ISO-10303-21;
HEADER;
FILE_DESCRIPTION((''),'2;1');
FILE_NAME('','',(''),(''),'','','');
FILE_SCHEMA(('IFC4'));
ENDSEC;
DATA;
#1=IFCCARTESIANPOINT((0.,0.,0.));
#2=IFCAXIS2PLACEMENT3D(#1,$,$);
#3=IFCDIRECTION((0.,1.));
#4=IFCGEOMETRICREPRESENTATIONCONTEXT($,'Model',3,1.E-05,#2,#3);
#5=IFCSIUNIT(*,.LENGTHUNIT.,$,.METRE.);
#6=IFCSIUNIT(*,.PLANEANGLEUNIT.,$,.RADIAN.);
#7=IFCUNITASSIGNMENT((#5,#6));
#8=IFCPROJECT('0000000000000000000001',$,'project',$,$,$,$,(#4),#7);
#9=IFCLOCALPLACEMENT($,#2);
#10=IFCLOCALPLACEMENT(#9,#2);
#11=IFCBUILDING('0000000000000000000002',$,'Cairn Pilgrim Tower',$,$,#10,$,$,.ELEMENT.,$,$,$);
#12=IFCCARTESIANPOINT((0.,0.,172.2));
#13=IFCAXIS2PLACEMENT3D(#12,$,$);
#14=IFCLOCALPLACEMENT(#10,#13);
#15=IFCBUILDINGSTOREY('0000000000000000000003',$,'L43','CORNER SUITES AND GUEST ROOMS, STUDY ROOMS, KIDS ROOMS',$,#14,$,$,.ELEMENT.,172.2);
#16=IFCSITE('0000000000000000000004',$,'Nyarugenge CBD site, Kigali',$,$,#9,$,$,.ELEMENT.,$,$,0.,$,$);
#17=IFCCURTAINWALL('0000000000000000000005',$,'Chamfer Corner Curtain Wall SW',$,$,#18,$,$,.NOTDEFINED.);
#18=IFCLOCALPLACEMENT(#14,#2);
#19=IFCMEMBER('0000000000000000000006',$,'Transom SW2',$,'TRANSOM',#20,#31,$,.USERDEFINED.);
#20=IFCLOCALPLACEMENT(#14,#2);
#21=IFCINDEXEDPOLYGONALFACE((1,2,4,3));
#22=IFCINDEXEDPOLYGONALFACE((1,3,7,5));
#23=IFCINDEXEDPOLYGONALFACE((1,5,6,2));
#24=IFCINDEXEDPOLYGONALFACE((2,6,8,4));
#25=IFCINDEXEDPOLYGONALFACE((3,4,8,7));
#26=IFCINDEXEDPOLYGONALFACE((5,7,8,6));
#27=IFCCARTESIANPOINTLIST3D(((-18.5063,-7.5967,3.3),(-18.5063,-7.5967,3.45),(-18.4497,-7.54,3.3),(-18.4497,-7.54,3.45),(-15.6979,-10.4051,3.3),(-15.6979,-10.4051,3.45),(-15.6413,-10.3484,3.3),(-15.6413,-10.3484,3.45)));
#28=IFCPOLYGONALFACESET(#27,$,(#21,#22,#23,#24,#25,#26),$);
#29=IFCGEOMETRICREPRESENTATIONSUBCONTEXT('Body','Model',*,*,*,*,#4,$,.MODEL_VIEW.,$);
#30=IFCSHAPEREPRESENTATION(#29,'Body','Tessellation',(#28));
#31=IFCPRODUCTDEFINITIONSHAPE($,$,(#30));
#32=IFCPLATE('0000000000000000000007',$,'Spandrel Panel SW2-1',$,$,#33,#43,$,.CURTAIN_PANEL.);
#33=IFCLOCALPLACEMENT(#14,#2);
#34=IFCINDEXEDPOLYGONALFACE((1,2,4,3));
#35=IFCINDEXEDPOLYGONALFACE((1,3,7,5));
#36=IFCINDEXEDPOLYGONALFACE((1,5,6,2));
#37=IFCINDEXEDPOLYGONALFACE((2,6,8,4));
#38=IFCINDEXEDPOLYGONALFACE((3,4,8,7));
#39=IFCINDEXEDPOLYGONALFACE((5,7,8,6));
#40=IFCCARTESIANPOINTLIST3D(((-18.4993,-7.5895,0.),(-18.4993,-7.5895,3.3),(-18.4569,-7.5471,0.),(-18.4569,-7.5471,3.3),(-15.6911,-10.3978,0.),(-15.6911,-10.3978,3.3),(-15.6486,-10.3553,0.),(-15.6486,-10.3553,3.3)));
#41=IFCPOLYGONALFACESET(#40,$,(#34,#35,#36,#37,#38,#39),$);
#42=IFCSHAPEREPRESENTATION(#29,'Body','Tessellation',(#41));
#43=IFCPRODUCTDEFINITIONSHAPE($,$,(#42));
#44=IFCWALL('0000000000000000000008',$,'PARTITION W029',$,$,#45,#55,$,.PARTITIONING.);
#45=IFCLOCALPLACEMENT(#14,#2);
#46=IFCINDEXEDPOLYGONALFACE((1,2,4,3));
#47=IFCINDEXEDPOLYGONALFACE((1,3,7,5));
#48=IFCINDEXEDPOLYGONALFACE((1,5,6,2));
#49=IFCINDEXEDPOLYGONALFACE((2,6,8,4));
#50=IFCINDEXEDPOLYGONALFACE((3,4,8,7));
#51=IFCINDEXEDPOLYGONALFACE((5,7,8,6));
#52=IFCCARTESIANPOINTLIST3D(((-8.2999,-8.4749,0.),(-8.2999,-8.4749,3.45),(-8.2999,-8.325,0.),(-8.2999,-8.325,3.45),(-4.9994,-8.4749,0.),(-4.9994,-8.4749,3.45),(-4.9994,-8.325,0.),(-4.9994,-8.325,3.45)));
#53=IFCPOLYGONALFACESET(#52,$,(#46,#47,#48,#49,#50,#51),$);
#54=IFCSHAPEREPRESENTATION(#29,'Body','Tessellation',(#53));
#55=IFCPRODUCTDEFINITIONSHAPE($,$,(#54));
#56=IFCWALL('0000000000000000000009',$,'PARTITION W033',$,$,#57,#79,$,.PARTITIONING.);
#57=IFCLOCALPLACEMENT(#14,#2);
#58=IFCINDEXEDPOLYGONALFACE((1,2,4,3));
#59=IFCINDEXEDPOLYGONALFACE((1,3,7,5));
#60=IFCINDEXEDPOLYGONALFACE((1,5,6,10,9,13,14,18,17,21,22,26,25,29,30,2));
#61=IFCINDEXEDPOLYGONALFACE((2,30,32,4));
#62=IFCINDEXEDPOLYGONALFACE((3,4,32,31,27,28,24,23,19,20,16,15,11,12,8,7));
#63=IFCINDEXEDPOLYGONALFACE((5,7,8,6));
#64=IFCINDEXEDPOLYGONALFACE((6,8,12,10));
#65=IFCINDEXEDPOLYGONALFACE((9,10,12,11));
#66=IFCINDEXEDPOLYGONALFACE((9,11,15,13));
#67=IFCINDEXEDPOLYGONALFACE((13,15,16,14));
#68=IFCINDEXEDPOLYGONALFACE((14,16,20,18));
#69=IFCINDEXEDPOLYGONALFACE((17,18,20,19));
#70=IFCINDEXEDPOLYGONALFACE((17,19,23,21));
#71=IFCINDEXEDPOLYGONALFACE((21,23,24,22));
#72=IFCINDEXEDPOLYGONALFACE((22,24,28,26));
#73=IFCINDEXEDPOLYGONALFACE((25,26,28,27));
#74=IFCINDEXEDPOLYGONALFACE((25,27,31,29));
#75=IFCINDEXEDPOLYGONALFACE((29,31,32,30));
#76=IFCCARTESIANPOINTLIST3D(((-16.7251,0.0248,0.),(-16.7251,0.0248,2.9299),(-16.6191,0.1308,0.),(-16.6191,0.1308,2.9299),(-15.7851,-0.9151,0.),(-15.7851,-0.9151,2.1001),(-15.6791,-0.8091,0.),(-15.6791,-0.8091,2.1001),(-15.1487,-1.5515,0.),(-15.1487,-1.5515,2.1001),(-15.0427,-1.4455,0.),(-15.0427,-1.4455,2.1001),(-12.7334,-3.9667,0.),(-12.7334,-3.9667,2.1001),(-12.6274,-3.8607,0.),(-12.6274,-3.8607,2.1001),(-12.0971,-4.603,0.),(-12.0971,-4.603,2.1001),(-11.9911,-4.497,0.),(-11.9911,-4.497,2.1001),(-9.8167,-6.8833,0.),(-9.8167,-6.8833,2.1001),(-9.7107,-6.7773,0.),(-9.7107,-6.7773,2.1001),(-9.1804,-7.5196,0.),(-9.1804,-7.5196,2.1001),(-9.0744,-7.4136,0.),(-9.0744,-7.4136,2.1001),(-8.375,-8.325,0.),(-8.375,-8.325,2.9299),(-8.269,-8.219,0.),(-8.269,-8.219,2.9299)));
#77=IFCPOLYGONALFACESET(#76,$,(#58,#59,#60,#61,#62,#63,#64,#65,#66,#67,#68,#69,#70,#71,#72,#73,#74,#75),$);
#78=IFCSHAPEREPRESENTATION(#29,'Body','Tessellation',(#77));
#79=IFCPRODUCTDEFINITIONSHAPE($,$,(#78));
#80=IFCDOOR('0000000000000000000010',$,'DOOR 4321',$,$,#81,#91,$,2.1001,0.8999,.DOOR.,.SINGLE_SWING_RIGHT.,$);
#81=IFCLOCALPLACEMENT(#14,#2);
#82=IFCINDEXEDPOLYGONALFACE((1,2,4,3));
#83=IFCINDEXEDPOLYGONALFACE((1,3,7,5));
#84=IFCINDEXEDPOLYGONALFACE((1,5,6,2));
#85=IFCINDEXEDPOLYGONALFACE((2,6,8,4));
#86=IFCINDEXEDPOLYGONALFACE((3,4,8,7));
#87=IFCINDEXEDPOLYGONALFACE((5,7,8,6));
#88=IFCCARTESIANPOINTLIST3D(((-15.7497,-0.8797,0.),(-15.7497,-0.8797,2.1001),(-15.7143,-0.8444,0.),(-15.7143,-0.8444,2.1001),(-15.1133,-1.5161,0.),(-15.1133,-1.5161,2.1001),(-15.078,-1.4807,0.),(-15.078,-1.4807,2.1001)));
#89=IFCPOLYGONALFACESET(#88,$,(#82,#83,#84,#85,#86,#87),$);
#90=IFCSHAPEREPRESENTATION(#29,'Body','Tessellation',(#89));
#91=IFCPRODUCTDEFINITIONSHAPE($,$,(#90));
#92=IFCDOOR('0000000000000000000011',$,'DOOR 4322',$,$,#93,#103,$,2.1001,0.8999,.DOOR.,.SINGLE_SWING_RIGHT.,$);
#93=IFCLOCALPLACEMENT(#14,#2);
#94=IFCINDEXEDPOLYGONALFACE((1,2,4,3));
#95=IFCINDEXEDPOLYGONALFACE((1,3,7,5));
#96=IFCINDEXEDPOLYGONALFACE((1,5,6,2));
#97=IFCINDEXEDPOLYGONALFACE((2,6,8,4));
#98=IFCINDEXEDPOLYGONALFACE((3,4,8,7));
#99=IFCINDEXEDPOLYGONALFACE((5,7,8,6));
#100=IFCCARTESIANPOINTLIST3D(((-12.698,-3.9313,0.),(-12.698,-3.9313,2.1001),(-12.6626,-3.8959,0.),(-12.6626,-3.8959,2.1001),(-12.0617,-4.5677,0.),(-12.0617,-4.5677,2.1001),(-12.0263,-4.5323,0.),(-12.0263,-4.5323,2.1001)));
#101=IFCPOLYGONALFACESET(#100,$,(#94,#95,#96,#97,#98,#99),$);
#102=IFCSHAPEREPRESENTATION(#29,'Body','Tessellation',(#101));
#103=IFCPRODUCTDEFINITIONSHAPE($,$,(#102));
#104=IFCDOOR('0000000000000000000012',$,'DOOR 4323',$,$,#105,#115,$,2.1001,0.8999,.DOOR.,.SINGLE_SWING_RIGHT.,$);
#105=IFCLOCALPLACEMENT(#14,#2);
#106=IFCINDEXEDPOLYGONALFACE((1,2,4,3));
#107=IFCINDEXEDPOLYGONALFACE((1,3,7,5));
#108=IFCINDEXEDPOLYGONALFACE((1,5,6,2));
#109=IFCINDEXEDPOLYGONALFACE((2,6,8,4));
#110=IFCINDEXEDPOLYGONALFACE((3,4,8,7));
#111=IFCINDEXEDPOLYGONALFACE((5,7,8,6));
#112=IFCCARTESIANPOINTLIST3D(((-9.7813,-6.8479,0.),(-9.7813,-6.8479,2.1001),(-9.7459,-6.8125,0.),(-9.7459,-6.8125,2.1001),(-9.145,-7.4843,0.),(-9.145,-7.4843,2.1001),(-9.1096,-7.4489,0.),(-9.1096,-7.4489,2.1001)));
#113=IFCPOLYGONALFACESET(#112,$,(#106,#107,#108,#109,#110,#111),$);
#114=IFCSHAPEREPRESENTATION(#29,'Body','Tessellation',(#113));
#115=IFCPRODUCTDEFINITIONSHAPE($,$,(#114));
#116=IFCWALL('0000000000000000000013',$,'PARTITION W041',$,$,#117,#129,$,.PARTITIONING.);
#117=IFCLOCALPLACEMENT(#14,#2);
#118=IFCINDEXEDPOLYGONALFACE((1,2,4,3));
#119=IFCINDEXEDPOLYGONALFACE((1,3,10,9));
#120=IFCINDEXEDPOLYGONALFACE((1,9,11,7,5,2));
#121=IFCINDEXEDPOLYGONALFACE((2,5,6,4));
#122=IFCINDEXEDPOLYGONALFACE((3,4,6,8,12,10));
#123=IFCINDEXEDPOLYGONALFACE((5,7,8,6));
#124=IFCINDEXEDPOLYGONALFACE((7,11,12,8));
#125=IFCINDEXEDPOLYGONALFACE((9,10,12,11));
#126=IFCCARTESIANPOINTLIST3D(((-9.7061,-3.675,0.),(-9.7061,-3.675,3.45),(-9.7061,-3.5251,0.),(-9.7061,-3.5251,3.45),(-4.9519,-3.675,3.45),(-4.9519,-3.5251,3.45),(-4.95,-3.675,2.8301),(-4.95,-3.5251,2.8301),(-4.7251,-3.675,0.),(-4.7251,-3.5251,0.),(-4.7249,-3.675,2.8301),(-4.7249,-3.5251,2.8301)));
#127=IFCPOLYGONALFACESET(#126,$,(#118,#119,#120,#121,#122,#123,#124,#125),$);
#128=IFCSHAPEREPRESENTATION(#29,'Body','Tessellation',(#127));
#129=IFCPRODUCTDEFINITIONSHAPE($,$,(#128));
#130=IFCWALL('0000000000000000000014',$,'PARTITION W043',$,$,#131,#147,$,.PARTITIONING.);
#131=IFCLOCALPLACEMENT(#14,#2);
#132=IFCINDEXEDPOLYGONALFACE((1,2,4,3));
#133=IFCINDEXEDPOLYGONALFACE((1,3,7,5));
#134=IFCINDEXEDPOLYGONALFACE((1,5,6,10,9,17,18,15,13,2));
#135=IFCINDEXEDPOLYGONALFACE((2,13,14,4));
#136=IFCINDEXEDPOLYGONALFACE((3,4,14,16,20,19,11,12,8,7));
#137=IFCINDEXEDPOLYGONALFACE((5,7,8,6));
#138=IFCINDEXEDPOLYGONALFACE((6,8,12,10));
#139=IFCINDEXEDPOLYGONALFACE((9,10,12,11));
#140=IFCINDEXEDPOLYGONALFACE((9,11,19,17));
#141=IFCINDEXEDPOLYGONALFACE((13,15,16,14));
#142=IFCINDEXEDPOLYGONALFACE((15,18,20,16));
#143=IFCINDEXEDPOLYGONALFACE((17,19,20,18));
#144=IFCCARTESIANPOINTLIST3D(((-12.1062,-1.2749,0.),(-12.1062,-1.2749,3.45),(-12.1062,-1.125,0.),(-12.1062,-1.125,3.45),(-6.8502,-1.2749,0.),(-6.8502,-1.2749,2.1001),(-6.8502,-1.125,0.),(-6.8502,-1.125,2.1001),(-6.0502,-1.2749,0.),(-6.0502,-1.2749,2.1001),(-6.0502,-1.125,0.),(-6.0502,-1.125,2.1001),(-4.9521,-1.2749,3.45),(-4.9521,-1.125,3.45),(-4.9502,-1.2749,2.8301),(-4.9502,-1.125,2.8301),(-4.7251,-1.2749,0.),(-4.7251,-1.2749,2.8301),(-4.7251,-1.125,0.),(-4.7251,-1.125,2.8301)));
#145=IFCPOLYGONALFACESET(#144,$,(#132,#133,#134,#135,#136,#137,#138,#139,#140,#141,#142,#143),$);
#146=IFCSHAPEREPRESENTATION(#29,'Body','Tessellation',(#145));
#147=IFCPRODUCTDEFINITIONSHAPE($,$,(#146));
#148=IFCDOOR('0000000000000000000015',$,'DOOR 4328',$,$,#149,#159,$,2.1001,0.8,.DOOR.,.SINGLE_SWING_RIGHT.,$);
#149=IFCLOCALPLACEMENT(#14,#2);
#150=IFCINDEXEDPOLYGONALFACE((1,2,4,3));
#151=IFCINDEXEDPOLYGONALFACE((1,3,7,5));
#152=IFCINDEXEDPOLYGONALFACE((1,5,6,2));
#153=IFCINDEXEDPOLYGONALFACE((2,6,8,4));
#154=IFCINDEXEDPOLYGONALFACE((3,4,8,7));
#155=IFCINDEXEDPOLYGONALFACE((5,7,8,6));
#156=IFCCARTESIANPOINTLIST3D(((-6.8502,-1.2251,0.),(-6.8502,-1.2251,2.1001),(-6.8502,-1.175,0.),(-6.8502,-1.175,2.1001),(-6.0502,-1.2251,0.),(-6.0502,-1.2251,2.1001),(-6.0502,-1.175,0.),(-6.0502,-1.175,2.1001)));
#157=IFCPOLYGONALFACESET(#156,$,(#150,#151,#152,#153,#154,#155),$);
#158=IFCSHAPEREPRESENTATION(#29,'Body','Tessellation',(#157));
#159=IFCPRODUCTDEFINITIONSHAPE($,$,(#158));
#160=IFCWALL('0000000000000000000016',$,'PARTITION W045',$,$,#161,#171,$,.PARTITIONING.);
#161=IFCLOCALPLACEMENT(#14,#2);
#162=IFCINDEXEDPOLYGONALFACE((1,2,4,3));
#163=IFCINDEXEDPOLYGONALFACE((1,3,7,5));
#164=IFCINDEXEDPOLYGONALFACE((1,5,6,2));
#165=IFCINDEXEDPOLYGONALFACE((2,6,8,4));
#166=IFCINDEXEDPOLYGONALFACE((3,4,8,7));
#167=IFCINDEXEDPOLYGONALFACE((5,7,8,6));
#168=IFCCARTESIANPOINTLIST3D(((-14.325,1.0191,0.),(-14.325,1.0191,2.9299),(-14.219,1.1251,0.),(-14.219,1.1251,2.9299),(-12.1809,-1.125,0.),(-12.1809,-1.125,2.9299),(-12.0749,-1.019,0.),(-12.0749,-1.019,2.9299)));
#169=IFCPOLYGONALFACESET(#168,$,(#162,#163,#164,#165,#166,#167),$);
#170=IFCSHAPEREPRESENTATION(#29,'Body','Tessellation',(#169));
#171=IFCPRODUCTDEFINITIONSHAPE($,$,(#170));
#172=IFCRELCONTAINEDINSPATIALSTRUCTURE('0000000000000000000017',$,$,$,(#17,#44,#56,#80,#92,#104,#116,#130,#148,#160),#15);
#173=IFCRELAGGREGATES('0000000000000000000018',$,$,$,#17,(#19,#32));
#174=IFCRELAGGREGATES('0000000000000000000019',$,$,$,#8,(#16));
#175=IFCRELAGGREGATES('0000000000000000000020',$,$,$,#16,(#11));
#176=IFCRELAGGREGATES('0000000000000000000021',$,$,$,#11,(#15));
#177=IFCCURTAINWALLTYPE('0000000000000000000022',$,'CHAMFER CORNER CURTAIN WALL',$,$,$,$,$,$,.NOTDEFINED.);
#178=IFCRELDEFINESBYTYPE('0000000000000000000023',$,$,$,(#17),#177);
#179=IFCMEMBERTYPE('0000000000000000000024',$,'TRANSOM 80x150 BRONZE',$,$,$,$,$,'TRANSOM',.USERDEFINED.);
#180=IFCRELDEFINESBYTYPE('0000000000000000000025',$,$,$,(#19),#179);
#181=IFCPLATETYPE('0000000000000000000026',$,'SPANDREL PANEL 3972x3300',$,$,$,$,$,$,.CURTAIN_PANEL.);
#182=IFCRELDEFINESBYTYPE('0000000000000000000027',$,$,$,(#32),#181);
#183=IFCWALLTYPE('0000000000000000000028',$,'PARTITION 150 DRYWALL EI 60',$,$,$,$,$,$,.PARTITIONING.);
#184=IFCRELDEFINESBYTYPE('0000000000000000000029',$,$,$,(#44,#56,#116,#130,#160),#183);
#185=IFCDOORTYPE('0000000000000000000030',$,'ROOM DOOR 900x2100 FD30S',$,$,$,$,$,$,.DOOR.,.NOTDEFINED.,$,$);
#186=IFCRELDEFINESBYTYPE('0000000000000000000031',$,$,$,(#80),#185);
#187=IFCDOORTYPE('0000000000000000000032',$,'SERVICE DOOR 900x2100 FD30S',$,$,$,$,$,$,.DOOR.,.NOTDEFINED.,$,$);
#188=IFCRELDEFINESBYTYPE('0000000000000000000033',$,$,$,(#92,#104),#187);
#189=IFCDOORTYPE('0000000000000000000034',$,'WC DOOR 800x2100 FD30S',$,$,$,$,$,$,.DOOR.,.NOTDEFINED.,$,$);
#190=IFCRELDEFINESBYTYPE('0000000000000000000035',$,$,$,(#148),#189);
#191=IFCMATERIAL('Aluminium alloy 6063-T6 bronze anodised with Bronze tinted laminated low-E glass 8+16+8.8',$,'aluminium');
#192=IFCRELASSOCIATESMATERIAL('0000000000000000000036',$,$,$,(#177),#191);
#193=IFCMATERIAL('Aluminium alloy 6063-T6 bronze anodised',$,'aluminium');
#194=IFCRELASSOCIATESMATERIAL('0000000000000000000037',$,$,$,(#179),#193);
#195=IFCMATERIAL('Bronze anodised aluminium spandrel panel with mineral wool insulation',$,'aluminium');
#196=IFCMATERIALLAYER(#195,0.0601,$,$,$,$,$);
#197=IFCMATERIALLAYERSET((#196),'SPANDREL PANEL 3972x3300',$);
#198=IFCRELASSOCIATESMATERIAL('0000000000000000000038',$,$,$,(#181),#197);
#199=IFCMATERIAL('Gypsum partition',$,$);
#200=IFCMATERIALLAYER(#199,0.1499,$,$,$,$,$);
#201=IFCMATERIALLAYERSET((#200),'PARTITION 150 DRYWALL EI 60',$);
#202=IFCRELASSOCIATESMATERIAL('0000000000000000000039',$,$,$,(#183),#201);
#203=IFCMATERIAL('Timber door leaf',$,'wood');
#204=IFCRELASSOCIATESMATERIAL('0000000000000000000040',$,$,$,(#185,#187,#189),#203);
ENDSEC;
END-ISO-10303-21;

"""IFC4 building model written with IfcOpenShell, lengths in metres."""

from ifc_helpers import new_model, si_unit, direction, frame, frame_2d, origin, origin_2d, place, context, subcontext, project, spatial, polyline, rectangle, outline, extrude, material, layer, layer_set, material_profile, profile_set, type_object, element, fill, aggregate, save


model = new_model("IFC4")

# Units and contexts
model_context = context("Model", 3, precision=1e-05, world=origin(), true_north=direction((0.0, 1.0)))
body_context = subcontext(model_context, "Body", "Model", "MODEL_VIEW")
ifc_project = project(units=[si_unit("LENGTHUNIT", "METRE"), si_unit("PLANEANGLEUNIT", "RADIAN")], contexts=[model_context])

# Site, building, storey
site_placement = place(None, origin())
site = spatial("IfcSite", under=ifc_project, at=site_placement, Name="Nyarugenge CBD site, Kigali", CompositionType="ELEMENT", RefElevation=0.0)
building_placement = place(site_placement, origin())
building = spatial("IfcBuilding", under=site, at=building_placement, Name="Cairn Pilgrim Tower", CompositionType="ELEMENT")
storey_placement = place(building_placement, frame((0.0, 0.0, 172.2)))
storey = spatial("IfcBuildingStorey", under=building, at=storey_placement, Name="L43", Description="CORNER SUITES AND GUEST ROOMS, STUDY ROOMS, KIDS ROOMS", CompositionType="ELEMENT", Elevation=172.2)

# Curtain wall, member, plate
ifc_material_1 = material(Name="Aluminium alloy 6063-T6 bronze anodised with Bronze tinted laminated low-E glass 8+16+8.8", Category="aluminium")
curtain_wall_type = type_object("IfcCurtainWallType", Name="CHAMFER CORNER CURTAIN WALL", PredefinedType="NOTDEFINED", material=ifc_material_1)
curtain_wall_placement = place(storey_placement, origin())
curtain_wall = element("IfcCurtainWall", 1, at=curtain_wall_placement, inside=storey, type_object=curtain_wall_type, Name="Chamfer Corner Curtain Wall SW", PredefinedType="NOTDEFINED")
ifc_material_2 = material(Name="Aluminium alloy 6063-T6 bronze anodised", Category="aluminium")
ifc_material_profile_1 = material_profile(ifc_material_2, rectangle(XDim=0.0801, YDim=0.1499, at=origin_2d()), Name="TRANSOM 80x150 BRONZE")
ifc_profile_set_1 = profile_set([ifc_material_profile_1], Name="Aluminium alloy 6063-T6 bronze anodised")
member_type = type_object("IfcMemberType", Name="TRANSOM 80x150 BRONZE", ElementType="TRANSOM", PredefinedType="USERDEFINED", material=ifc_profile_set_1)
member_placement = place(storey_placement, frame((-18.478, -7.5684, 3.375), z_axis=(0.707107, -0.707107, 0.0), x_axis=(0.707107, 0.707107, 0.0)))
member = element("IfcMember", 2, at=member_placement, type_object=member_type, Name="Transom SW2", ObjectType="TRANSOM", PredefinedType="USERDEFINED", context=body_context, shape_type="SweptSolid", body=[
    extrude(rectangle(XDim=0.0801, YDim=0.1499, at=origin_2d()), origin(), (0.0, 0.0, 1.0), 3.9717),
])
ifc_material_3 = material(Name="Bronze anodised aluminium spandrel panel with mineral wool insulation", Category="aluminium")
ifc_layer_1 = layer(ifc_material_3, 0.0601)
ifc_layer_set_1 = layer_set([ifc_layer_1], Name="SPANDREL PANEL 3972x3300")
plate_type = type_object("IfcPlateType", Name="SPANDREL PANEL 3972x3300", PredefinedType="CURTAIN_PANEL", material=ifc_layer_set_1)
plate_placement = place(storey_placement, frame((-17.074, -8.9724, 0.0), z_axis=(0.0, 0.0, 1.0), x_axis=(0.707107, -0.707107, 0.0)))
plate = element("IfcPlate", 3, at=plate_placement, type_object=plate_type, Name="Spandrel Panel SW2-1", PredefinedType="CURTAIN_PANEL", context=body_context, shape_type="SweptSolid", body=[
    extrude(rectangle(XDim=3.9714, YDim=0.0601, at=origin_2d()), origin(), (0.0, 0.0, 1.0), 3.3),
])
aggregate(curtain_wall, [member, plate])

# Wall
ifc_material_4 = material(Name="Gypsum partition")
ifc_layer_2 = layer(ifc_material_4, 0.1499)
ifc_layer_set_2 = layer_set([ifc_layer_2], Name="PARTITION 150 DRYWALL EI 60")
wall_type_1 = type_object("IfcWallType", Name="PARTITION 150 DRYWALL EI 60", PredefinedType="PARTITIONING", material=ifc_layer_set_2)
wall_1_placement = place(storey_placement, frame((-8.3, -8.3999, 0.0), z_axis=(0.0, 0.0, 1.0), x_axis=(1.0, 0.0, 0.0)))
element("IfcWall", 4, at=wall_1_placement, inside=storey, type_object=wall_type_1, Name="PARTITION W029", PredefinedType="PARTITIONING", context=body_context, shape_type="SweptSolid", body=[
    extrude(rectangle(XDim=3.3005, YDim=0.1499, at=frame_2d((1.6504, 0.0))), origin(), (0.0, 0.0, 1.0), 3.45),
])

# Wall, openings, doors
wall_2_placement = place(storey_placement, frame((-8.322, -8.272, 0.0), z_axis=(0.0, 0.0, 1.0), x_axis=(-0.707117, 0.707096, 0.0)))
wall_2 = element("IfcWall", 5, at=wall_2_placement, inside=storey, type_object=wall_type_1, Name="PARTITION W033", PredefinedType="PARTITIONING", context=body_context, shape_type="SweptSolid", body=[
    extrude(rectangle(XDim=11.8086, YDim=0.1499, at=frame_2d((5.9043, 0.0))), origin(), (0.0, 0.0, 1.0), 2.9299),
])
opening_1_placement = place(wall_2_placement, frame((9.5793, 0.0, 0.0)))
opening_1 = element("IfcOpeningElement", 6, at=opening_1_placement, cuts=wall_2, PredefinedType="OPENING", context=body_context, shape_type="SweptSolid", body=[
    extrude(rectangle(XDim=0.8999, YDim=2.1001, at=frame_2d((0.45, 1.05))), frame((0.0, 0.085, 0.0), z_axis=(0.0, -1.0, 0.0), x_axis=(1.0, 0.0, 0.0)), (0.0, 0.0, 1.0), 0.1699),
])
opening_2_placement = place(wall_2_placement, frame((5.2637, 0.0, 0.0)))
opening_2 = element("IfcOpeningElement", 7, at=opening_2_placement, cuts=wall_2, PredefinedType="OPENING", context=body_context, shape_type="SweptSolid", body=[
    extrude(rectangle(XDim=0.8999, YDim=2.1001, at=frame_2d((0.45, 1.05))), frame((0.0, 0.085, 0.0), z_axis=(0.0, -1.0, 0.0), x_axis=(1.0, 0.0, 0.0)), (0.0, 0.0, 1.0), 0.1699),
])
opening_3_placement = place(wall_2_placement, frame((1.1389, 0.0, 0.0)))
opening_3 = element("IfcOpeningElement", 8, at=opening_3_placement, cuts=wall_2, PredefinedType="OPENING", context=body_context, shape_type="SweptSolid", body=[
    extrude(rectangle(XDim=0.8999, YDim=2.1001, at=frame_2d((0.45, 1.05))), frame((0.0, 0.085, 0.0), z_axis=(0.0, -1.0, 0.0), x_axis=(1.0, 0.0, 0.0)), (0.0, 0.0, 1.0), 0.1699),
])
ifc_material_5 = material(Name="Timber door leaf", Category="wood")
door_type_1 = type_object("IfcDoorType", Name="ROOM DOOR 900x2100 FD30S", OperationType="NOTDEFINED", PredefinedType="DOOR", material=ifc_material_5)
door_1_placement = place(opening_1_placement, origin())
door_1 = element("IfcDoor", 9, at=door_1_placement, inside=storey, type_object=door_type_1, Name="DOOR 4321", OperationType="SINGLE_SWING_RIGHT", OverallHeight=2.1001, OverallWidth=0.8999, PredefinedType="DOOR", context=body_context, shape_type="SweptSolid", body=[
    extrude(rectangle(XDim=0.8999, YDim=2.1001, at=frame_2d((0.45, 1.05))), frame((0.0, 0.0249, 0.0), z_axis=(0.0, -1.0, 0.0), x_axis=(1.0, 0.0, 0.0)), (0.0, 0.0, 1.0), 0.05),
])
fill(opening_1, door_1)
door_type_2 = type_object("IfcDoorType", Name="SERVICE DOOR 900x2100 FD30S", OperationType="NOTDEFINED", PredefinedType="DOOR", material=ifc_material_5)
door_2_placement = place(opening_2_placement, origin())
door_2 = element("IfcDoor", 10, at=door_2_placement, inside=storey, type_object=door_type_2, Name="DOOR 4322", OperationType="SINGLE_SWING_RIGHT", OverallHeight=2.1001, OverallWidth=0.8999, PredefinedType="DOOR", context=body_context, shape_type="SweptSolid", body=[
    extrude(rectangle(XDim=0.8999, YDim=2.1001, at=frame_2d((0.45, 1.05))), frame((0.0, 0.0249, 0.0), z_axis=(0.0, -1.0, 0.0), x_axis=(1.0, 0.0, 0.0)), (0.0, 0.0, 1.0), 0.05),
])
fill(opening_2, door_2)
door_3_placement = place(opening_3_placement, origin())
door_3 = element("IfcDoor", 11, at=door_3_placement, inside=storey, type_object=door_type_2, Name="DOOR 4323", OperationType="SINGLE_SWING_RIGHT", OverallHeight=2.1001, OverallWidth=0.8999, PredefinedType="DOOR", context=body_context, shape_type="SweptSolid", body=[
    extrude(rectangle(XDim=0.8999, YDim=2.1001, at=frame_2d((0.45, 1.05))), frame((0.0, 0.0249, 0.0), z_axis=(0.0, -1.0, 0.0), x_axis=(1.0, 0.0, 0.0)), (0.0, 0.0, 1.0), 0.05),
])
fill(opening_3, door_3)

# Wall
wall_3_placement = place(storey_placement, frame((-9.7061, -3.6001, 0.0), z_axis=(0.0, 0.0, 1.0), x_axis=(1.0, 0.0, 0.0)))
element("IfcWall", 12, at=wall_3_placement, inside=storey, type_object=wall_type_1, Name="PARTITION W041", PredefinedType="PARTITIONING", context=body_context, shape_type="SweptSolid", body=[
    extrude(outline(polyline([(0.0, 0.0), (4.981, 0.0), (4.9812, 2.8301), (4.7561, 2.8301), (4.7542, 3.45), (0.0, 3.45), (0.0, 0.0)])), frame((0.0, 0.075, 0.0), z_axis=(0.0, -1.0, 0.0), x_axis=(1.0, 0.0, 0.0)), (0.0, 0.0, 1.0), 0.1499),
])

# Wall, opening, door
wall_4_placement = place(storey_placement, frame((-12.1062, -1.2, 0.0), z_axis=(0.0, 0.0, 1.0), x_axis=(1.0, 0.0, 0.0)))
wall_4 = element("IfcWall", 13, at=wall_4_placement, inside=storey, type_object=wall_type_1, Name="PARTITION W043", PredefinedType="PARTITIONING", context=body_context, shape_type="SweptSolid", body=[
    extrude(outline(polyline([(0.0, 0.0), (7.3811, 0.0), (7.3811, 2.8301), (7.156, 2.8301), (7.1541, 3.45), (0.0, 3.45), (0.0, 0.0)])), frame((0.0, 0.075, 0.0), z_axis=(0.0, -1.0, 0.0), x_axis=(1.0, 0.0, 0.0)), (0.0, 0.0, 1.0), 0.1499),
])
opening_4_placement = place(wall_4_placement, frame((5.2561, 0.0, 0.0)))
opening_4 = element("IfcOpeningElement", 14, at=opening_4_placement, cuts=wall_4, PredefinedType="OPENING", context=body_context, shape_type="SweptSolid", body=[
    extrude(rectangle(XDim=0.8, YDim=2.1001, at=frame_2d((0.3999, 1.05))), frame((0.0, 0.085, 0.0), z_axis=(0.0, -1.0, 0.0), x_axis=(1.0, 0.0, 0.0)), (0.0, 0.0, 1.0), 0.1699),
])
door_type_3 = type_object("IfcDoorType", Name="WC DOOR 800x2100 FD30S", OperationType="NOTDEFINED", PredefinedType="DOOR", material=ifc_material_5)
door_4_placement = place(opening_4_placement, origin())
door_4 = element("IfcDoor", 15, at=door_4_placement, inside=storey, type_object=door_type_3, Name="DOOR 4328", OperationType="SINGLE_SWING_RIGHT", OverallHeight=2.1001, OverallWidth=0.8, PredefinedType="DOOR", context=body_context, shape_type="SweptSolid", body=[
    extrude(rectangle(XDim=0.8, YDim=2.1001, at=frame_2d((0.3999, 1.05))), frame((0.0, 0.0249, 0.0), z_axis=(0.0, -1.0, 0.0), x_axis=(1.0, 0.0, 0.0)), (0.0, 0.0, 1.0), 0.05),
])
fill(opening_4, door_4)

# Wall
wall_5_placement = place(storey_placement, frame((-12.1279, -1.072, 0.0), z_axis=(0.0, 0.0, 1.0), x_axis=(-0.707107, 0.707107, 0.0)))
element("IfcWall", 16, at=wall_5_placement, inside=storey, type_object=wall_type_1, Name="PARTITION W045", PredefinedType="PARTITIONING", context=body_context, shape_type="SweptSolid", body=[
    extrude(rectangle(XDim=3.0322, YDim=0.1499, at=frame_2d((1.5161, 0.0))), origin(), (0.0, 0.0, 1.0), 2.9299),
])

save(model, "model.ifc")
